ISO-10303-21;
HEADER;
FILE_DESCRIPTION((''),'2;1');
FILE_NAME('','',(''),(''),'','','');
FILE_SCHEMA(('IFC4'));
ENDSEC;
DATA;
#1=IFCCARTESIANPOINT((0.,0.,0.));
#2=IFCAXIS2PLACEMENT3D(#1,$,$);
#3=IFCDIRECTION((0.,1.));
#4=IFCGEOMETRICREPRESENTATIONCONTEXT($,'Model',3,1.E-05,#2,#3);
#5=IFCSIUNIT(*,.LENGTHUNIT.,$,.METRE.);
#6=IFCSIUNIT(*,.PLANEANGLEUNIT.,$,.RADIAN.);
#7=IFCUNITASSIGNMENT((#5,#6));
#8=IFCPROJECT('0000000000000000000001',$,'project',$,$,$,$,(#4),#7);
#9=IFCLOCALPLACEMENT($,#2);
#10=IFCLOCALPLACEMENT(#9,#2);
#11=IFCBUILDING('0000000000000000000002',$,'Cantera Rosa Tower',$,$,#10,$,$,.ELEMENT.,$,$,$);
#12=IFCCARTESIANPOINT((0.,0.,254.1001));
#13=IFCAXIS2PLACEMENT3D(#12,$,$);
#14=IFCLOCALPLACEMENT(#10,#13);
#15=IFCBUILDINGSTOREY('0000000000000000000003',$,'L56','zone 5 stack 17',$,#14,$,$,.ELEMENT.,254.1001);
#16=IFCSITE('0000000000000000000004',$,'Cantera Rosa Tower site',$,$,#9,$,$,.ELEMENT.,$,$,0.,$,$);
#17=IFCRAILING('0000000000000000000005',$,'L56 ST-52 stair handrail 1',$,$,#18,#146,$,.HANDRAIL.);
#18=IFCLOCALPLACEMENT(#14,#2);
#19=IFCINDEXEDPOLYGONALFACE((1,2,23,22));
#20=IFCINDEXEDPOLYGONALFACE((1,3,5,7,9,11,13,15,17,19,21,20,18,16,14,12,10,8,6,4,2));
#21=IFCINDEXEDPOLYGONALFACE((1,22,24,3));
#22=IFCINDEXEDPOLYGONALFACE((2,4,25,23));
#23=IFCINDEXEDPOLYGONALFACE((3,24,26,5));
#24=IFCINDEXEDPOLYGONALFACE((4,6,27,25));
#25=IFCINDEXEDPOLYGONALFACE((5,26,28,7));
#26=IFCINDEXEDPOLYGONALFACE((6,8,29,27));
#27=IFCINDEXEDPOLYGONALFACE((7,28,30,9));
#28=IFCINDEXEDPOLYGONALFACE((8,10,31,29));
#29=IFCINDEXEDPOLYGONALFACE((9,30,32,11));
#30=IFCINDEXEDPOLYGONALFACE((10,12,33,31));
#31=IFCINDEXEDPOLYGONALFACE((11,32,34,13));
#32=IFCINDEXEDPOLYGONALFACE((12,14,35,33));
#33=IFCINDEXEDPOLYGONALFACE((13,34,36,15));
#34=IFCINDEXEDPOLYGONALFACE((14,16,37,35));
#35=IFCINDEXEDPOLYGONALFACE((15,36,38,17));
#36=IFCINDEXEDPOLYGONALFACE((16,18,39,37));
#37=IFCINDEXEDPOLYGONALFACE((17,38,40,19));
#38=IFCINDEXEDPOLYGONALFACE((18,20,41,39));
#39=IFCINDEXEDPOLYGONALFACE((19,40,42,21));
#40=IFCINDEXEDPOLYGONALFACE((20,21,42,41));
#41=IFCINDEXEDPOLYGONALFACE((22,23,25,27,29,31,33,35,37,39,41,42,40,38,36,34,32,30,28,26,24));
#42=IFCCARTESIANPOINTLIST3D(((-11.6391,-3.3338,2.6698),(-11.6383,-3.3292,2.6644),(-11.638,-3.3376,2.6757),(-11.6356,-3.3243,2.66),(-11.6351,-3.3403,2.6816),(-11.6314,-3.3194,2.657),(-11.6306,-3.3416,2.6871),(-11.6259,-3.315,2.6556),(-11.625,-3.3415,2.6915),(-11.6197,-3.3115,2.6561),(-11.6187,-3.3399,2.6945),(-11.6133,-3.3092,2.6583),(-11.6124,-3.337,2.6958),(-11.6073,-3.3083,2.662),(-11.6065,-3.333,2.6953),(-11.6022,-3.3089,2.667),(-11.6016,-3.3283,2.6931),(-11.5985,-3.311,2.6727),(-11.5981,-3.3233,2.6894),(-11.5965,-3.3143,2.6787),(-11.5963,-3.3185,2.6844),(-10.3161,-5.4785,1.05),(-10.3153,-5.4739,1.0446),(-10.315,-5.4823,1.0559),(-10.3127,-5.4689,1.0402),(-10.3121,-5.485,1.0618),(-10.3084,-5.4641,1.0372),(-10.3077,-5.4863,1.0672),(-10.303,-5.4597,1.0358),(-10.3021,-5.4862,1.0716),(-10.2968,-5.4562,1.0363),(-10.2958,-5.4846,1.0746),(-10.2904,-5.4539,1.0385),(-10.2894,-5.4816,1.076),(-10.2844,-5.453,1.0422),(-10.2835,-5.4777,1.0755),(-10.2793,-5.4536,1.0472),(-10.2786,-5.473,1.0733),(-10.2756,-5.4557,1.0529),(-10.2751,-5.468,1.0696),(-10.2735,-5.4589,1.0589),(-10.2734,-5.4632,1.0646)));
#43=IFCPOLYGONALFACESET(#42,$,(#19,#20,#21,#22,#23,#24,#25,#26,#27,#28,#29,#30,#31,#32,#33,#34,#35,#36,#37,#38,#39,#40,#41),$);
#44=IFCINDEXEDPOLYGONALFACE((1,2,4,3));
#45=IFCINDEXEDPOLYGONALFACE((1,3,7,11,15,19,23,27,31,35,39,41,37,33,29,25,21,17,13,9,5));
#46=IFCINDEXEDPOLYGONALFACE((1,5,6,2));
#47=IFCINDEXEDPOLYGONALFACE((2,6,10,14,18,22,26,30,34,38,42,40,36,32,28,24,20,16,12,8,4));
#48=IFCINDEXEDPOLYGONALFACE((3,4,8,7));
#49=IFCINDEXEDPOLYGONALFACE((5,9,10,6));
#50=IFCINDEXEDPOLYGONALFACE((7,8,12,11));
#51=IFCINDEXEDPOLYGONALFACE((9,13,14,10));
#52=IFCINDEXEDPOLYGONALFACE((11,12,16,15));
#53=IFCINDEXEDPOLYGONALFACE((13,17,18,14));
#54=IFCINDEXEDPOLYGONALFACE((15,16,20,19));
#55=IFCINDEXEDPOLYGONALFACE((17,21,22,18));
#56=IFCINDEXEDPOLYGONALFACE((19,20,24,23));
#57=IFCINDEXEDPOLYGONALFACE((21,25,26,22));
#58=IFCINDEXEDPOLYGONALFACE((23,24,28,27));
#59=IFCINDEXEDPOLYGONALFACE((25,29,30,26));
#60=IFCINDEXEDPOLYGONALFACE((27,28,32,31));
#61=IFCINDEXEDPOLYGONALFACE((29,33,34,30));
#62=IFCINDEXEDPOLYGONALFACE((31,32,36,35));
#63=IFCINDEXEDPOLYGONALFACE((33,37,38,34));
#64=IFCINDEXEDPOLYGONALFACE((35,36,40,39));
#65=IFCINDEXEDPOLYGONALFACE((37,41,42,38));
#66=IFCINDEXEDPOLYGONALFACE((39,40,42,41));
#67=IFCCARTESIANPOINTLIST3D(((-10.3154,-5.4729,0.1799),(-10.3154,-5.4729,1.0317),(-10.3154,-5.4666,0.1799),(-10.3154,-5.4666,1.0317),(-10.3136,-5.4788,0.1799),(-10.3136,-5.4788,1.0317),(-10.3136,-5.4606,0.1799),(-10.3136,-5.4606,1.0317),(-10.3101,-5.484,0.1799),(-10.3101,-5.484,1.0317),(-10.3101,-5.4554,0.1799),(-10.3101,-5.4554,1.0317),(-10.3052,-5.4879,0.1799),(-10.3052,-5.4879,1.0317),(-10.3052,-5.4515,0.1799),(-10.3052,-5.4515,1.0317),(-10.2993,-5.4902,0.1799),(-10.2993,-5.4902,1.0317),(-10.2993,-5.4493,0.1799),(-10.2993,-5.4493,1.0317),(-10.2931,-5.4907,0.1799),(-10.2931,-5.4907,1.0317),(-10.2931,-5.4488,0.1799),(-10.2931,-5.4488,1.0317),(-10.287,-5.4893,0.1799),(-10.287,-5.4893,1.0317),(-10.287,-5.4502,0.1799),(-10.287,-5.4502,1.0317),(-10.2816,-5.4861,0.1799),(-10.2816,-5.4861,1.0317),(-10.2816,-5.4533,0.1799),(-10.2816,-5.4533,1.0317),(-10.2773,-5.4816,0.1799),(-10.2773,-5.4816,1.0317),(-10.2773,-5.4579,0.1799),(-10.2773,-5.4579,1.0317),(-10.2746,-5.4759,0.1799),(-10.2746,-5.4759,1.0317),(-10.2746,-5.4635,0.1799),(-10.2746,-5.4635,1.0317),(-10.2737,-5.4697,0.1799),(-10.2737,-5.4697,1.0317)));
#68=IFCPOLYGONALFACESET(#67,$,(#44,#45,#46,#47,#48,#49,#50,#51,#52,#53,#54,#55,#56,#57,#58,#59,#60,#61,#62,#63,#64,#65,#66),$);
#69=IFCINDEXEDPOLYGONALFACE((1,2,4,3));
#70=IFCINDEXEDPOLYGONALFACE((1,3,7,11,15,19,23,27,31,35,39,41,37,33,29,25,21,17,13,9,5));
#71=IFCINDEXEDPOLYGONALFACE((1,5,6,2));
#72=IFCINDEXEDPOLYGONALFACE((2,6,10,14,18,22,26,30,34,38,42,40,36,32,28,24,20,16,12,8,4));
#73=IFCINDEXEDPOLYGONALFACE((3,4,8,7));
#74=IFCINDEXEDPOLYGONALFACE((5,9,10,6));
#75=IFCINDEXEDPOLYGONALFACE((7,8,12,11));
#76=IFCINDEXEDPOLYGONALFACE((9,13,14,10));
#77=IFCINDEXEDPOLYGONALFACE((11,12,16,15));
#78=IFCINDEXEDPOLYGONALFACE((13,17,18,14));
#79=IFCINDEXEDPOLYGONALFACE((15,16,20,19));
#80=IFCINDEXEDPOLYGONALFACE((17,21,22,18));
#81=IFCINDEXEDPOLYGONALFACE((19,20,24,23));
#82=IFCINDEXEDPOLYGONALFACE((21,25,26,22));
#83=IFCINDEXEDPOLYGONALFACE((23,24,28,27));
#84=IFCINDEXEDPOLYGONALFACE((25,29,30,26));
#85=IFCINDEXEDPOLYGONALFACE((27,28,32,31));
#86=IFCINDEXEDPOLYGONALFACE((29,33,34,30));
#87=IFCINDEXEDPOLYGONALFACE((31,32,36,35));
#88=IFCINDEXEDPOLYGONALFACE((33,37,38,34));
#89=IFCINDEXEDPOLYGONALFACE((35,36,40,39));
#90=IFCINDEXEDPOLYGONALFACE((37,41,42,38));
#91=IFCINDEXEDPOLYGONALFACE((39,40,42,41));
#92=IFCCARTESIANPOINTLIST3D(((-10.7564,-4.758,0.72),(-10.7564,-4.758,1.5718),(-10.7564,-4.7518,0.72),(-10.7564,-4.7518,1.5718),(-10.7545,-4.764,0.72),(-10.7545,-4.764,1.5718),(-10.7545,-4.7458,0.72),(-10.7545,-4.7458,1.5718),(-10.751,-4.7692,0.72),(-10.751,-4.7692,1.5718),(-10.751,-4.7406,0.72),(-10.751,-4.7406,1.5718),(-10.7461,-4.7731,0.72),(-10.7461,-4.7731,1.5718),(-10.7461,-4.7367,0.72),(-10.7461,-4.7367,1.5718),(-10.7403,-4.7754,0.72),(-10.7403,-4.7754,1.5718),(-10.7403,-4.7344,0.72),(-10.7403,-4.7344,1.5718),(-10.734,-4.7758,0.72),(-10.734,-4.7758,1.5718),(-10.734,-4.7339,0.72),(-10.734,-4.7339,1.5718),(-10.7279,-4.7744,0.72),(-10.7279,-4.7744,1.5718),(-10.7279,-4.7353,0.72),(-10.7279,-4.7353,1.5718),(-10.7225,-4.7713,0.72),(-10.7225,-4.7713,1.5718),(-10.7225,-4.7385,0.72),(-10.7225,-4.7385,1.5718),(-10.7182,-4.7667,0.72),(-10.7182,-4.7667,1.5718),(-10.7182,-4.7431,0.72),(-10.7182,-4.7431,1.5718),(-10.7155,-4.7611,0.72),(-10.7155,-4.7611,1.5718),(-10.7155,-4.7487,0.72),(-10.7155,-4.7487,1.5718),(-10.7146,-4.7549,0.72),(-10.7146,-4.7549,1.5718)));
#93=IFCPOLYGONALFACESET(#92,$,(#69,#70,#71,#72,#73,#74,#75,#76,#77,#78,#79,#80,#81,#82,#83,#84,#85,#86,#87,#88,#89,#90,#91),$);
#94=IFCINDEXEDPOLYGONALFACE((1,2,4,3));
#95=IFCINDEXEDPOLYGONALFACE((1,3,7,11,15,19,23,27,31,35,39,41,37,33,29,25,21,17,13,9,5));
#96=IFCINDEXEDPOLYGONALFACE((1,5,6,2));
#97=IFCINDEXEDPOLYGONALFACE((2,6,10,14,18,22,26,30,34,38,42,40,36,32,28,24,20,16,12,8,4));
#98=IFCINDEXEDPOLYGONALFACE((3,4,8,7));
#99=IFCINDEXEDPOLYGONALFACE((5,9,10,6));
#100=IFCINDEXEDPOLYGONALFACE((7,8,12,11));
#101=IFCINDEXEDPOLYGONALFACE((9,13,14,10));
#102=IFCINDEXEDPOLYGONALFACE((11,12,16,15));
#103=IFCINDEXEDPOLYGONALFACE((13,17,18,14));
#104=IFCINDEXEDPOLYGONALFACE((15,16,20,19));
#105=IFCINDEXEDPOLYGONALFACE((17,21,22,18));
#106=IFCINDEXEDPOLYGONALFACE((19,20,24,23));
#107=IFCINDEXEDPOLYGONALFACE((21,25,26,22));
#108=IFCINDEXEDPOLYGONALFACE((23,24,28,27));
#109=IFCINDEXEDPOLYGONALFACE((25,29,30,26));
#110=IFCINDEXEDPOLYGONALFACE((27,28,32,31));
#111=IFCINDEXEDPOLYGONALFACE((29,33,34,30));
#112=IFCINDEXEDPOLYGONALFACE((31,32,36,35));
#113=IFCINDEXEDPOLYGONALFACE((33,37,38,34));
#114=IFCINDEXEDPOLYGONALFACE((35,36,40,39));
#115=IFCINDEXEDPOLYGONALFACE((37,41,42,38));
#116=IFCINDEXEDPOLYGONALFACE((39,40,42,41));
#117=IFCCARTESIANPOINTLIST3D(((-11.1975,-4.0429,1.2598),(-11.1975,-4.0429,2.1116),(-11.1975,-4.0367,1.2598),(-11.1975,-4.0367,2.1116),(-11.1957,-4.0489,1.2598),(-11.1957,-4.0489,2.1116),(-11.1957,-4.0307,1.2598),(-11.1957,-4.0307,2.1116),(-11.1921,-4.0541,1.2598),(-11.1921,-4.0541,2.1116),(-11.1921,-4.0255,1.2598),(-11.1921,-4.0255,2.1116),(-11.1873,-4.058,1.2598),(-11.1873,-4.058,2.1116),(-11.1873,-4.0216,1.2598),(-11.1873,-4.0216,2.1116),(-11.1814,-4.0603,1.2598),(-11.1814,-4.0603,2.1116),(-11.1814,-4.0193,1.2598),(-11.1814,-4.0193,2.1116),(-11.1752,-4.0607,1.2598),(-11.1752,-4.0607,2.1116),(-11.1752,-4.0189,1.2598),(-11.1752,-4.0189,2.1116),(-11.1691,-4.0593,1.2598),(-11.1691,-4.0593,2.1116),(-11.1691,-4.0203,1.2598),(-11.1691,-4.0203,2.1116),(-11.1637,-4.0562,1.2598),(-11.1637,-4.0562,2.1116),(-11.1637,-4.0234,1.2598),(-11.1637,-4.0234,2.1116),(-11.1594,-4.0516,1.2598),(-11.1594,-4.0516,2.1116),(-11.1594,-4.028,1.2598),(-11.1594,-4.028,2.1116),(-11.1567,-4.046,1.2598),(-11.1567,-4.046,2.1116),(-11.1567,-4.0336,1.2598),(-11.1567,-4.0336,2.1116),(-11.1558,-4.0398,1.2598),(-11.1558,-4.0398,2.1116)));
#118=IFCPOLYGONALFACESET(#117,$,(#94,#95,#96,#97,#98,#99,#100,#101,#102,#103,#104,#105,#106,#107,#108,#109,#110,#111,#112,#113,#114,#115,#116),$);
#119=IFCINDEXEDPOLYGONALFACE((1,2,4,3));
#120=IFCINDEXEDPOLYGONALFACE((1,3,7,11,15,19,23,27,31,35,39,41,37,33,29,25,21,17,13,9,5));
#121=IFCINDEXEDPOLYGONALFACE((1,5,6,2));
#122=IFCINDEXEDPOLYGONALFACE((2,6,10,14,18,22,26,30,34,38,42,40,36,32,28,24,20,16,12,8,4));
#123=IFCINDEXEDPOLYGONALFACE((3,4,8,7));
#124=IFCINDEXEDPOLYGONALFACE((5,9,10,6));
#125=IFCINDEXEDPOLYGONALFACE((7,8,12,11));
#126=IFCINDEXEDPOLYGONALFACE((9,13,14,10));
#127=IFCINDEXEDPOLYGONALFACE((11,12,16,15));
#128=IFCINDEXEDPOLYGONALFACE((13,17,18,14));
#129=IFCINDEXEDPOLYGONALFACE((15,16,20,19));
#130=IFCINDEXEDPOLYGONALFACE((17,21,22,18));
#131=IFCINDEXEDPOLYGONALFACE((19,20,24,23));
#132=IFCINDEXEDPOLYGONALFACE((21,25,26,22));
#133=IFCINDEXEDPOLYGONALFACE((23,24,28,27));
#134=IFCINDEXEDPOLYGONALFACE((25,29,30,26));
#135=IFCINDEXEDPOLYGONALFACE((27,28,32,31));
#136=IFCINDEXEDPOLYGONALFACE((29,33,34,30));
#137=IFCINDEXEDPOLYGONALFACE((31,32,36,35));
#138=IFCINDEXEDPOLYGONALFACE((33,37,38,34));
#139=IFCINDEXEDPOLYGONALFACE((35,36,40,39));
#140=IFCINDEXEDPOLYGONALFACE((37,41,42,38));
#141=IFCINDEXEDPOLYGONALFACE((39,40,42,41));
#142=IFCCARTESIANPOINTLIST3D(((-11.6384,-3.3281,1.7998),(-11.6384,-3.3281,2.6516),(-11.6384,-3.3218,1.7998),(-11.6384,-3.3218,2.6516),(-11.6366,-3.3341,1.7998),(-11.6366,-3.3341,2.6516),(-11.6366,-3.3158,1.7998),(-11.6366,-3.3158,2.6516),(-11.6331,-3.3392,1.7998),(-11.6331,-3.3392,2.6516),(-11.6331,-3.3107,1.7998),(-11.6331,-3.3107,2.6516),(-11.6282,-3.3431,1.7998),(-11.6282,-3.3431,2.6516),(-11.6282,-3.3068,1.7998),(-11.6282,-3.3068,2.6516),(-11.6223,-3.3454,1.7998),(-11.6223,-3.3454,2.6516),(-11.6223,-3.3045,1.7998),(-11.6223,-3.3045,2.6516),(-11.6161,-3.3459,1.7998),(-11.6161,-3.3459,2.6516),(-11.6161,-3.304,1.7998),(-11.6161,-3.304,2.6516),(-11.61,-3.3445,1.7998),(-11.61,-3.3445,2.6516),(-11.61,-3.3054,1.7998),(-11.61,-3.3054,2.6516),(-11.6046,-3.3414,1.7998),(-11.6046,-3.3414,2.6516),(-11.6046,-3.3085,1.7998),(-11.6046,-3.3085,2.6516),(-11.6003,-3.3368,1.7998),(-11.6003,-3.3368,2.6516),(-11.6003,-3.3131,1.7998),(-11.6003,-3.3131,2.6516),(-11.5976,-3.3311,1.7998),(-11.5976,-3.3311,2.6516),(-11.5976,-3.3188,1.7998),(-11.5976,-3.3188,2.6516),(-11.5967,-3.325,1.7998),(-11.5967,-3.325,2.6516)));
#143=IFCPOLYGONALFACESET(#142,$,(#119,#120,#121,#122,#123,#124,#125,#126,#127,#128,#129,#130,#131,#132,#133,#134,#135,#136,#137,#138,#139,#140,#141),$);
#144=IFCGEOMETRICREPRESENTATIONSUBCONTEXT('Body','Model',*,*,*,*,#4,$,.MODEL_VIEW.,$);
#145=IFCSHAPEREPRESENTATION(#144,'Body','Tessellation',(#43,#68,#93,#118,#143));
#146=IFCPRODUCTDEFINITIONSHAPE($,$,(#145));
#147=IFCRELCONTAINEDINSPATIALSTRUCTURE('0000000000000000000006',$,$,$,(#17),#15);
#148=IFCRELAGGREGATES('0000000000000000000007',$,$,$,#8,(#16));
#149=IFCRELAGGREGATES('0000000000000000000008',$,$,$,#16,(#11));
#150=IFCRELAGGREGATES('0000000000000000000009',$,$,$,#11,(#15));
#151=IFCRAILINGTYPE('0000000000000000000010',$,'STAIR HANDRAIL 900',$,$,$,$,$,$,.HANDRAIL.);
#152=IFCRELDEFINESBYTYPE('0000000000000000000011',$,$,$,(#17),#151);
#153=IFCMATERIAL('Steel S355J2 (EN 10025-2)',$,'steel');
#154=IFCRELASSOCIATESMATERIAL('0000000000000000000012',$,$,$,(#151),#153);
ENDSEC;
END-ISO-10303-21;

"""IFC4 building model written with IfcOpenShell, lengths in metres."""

from ifc_helpers import new_model, si_unit, direction, frame, origin, origin_2d, place, context, subcontext, project, spatial, circle, extrude, material, type_object, element, save


model = new_model("IFC4")

# Units and contexts
model_context = context("Model", 3, precision=1e-05, world=origin(), true_north=direction((0.0, 1.0)))
body_context = subcontext(model_context, "Body", "Model", "MODEL_VIEW")
ifc_project = project(units=[si_unit("LENGTHUNIT", "METRE"), si_unit("PLANEANGLEUNIT", "RADIAN")], contexts=[model_context])

# Site, building, storey
site_placement = place(None, origin())
site = spatial("IfcSite", under=ifc_project, at=site_placement, Name="Cantera Rosa Tower site", CompositionType="ELEMENT", RefElevation=0.0)
building_placement = place(site_placement, origin())
building = spatial("IfcBuilding", under=site, at=building_placement, Name="Cantera Rosa Tower", CompositionType="ELEMENT")
storey_placement = place(building_placement, frame((0.0, 0.0, 254.1001)))
storey = spatial("IfcBuildingStorey", under=building, at=storey_placement, Name="L56", Description="zone 5 stack 17", CompositionType="ELEMENT", Elevation=254.1001)

# Railing
ifc_material_1 = material(Name="Steel S355J2 (EN 10025-2)", Category="steel")
railing_type_1 = type_object("IfcRailingType", Name="STAIR HANDRAIL 900", PredefinedType="HANDRAIL", material=ifc_material_1)
railing_1_placement = place(storey_placement, frame((-10.2947, -5.4697, 0.1799)))
element("IfcRailing", 1, at=railing_1_placement, inside=storey, type_object=railing_type_1, Name="L56 ST-52 stair handrail 1", PredefinedType="HANDRAIL", context=body_context, shape_type="SweptSolid", body=[
    extrude(circle(Radius=0.0239, at=origin_2d()), frame((0.0, 0.0, 0.876), z_axis=(-0.441629, 0.715945, 0.540728), x_axis=(-0.851102, -0.525, 0.0)), (0.0, 0.0, 1.0), 2.9956),
    extrude(circle(Radius=0.021, at=origin_2d()), origin(), (0.0, 0.0, 1.0), 0.8518),
    extrude(circle(Radius=0.021, at=origin_2d()), frame((-0.4409, 0.7148, 0.54)), (0.0, 0.0, 1.0), 0.8518),
    extrude(circle(Radius=0.021, at=origin_2d()), frame((-0.8821, 1.4299, 1.0798)), (0.0, 0.0, 1.0), 0.8518),
    extrude(circle(Radius=0.021, at=origin_2d()), frame((-1.323, 2.1448, 1.6199)), (0.0, 0.0, 1.0), 0.8518),
])

save(model, "model.ifc")
